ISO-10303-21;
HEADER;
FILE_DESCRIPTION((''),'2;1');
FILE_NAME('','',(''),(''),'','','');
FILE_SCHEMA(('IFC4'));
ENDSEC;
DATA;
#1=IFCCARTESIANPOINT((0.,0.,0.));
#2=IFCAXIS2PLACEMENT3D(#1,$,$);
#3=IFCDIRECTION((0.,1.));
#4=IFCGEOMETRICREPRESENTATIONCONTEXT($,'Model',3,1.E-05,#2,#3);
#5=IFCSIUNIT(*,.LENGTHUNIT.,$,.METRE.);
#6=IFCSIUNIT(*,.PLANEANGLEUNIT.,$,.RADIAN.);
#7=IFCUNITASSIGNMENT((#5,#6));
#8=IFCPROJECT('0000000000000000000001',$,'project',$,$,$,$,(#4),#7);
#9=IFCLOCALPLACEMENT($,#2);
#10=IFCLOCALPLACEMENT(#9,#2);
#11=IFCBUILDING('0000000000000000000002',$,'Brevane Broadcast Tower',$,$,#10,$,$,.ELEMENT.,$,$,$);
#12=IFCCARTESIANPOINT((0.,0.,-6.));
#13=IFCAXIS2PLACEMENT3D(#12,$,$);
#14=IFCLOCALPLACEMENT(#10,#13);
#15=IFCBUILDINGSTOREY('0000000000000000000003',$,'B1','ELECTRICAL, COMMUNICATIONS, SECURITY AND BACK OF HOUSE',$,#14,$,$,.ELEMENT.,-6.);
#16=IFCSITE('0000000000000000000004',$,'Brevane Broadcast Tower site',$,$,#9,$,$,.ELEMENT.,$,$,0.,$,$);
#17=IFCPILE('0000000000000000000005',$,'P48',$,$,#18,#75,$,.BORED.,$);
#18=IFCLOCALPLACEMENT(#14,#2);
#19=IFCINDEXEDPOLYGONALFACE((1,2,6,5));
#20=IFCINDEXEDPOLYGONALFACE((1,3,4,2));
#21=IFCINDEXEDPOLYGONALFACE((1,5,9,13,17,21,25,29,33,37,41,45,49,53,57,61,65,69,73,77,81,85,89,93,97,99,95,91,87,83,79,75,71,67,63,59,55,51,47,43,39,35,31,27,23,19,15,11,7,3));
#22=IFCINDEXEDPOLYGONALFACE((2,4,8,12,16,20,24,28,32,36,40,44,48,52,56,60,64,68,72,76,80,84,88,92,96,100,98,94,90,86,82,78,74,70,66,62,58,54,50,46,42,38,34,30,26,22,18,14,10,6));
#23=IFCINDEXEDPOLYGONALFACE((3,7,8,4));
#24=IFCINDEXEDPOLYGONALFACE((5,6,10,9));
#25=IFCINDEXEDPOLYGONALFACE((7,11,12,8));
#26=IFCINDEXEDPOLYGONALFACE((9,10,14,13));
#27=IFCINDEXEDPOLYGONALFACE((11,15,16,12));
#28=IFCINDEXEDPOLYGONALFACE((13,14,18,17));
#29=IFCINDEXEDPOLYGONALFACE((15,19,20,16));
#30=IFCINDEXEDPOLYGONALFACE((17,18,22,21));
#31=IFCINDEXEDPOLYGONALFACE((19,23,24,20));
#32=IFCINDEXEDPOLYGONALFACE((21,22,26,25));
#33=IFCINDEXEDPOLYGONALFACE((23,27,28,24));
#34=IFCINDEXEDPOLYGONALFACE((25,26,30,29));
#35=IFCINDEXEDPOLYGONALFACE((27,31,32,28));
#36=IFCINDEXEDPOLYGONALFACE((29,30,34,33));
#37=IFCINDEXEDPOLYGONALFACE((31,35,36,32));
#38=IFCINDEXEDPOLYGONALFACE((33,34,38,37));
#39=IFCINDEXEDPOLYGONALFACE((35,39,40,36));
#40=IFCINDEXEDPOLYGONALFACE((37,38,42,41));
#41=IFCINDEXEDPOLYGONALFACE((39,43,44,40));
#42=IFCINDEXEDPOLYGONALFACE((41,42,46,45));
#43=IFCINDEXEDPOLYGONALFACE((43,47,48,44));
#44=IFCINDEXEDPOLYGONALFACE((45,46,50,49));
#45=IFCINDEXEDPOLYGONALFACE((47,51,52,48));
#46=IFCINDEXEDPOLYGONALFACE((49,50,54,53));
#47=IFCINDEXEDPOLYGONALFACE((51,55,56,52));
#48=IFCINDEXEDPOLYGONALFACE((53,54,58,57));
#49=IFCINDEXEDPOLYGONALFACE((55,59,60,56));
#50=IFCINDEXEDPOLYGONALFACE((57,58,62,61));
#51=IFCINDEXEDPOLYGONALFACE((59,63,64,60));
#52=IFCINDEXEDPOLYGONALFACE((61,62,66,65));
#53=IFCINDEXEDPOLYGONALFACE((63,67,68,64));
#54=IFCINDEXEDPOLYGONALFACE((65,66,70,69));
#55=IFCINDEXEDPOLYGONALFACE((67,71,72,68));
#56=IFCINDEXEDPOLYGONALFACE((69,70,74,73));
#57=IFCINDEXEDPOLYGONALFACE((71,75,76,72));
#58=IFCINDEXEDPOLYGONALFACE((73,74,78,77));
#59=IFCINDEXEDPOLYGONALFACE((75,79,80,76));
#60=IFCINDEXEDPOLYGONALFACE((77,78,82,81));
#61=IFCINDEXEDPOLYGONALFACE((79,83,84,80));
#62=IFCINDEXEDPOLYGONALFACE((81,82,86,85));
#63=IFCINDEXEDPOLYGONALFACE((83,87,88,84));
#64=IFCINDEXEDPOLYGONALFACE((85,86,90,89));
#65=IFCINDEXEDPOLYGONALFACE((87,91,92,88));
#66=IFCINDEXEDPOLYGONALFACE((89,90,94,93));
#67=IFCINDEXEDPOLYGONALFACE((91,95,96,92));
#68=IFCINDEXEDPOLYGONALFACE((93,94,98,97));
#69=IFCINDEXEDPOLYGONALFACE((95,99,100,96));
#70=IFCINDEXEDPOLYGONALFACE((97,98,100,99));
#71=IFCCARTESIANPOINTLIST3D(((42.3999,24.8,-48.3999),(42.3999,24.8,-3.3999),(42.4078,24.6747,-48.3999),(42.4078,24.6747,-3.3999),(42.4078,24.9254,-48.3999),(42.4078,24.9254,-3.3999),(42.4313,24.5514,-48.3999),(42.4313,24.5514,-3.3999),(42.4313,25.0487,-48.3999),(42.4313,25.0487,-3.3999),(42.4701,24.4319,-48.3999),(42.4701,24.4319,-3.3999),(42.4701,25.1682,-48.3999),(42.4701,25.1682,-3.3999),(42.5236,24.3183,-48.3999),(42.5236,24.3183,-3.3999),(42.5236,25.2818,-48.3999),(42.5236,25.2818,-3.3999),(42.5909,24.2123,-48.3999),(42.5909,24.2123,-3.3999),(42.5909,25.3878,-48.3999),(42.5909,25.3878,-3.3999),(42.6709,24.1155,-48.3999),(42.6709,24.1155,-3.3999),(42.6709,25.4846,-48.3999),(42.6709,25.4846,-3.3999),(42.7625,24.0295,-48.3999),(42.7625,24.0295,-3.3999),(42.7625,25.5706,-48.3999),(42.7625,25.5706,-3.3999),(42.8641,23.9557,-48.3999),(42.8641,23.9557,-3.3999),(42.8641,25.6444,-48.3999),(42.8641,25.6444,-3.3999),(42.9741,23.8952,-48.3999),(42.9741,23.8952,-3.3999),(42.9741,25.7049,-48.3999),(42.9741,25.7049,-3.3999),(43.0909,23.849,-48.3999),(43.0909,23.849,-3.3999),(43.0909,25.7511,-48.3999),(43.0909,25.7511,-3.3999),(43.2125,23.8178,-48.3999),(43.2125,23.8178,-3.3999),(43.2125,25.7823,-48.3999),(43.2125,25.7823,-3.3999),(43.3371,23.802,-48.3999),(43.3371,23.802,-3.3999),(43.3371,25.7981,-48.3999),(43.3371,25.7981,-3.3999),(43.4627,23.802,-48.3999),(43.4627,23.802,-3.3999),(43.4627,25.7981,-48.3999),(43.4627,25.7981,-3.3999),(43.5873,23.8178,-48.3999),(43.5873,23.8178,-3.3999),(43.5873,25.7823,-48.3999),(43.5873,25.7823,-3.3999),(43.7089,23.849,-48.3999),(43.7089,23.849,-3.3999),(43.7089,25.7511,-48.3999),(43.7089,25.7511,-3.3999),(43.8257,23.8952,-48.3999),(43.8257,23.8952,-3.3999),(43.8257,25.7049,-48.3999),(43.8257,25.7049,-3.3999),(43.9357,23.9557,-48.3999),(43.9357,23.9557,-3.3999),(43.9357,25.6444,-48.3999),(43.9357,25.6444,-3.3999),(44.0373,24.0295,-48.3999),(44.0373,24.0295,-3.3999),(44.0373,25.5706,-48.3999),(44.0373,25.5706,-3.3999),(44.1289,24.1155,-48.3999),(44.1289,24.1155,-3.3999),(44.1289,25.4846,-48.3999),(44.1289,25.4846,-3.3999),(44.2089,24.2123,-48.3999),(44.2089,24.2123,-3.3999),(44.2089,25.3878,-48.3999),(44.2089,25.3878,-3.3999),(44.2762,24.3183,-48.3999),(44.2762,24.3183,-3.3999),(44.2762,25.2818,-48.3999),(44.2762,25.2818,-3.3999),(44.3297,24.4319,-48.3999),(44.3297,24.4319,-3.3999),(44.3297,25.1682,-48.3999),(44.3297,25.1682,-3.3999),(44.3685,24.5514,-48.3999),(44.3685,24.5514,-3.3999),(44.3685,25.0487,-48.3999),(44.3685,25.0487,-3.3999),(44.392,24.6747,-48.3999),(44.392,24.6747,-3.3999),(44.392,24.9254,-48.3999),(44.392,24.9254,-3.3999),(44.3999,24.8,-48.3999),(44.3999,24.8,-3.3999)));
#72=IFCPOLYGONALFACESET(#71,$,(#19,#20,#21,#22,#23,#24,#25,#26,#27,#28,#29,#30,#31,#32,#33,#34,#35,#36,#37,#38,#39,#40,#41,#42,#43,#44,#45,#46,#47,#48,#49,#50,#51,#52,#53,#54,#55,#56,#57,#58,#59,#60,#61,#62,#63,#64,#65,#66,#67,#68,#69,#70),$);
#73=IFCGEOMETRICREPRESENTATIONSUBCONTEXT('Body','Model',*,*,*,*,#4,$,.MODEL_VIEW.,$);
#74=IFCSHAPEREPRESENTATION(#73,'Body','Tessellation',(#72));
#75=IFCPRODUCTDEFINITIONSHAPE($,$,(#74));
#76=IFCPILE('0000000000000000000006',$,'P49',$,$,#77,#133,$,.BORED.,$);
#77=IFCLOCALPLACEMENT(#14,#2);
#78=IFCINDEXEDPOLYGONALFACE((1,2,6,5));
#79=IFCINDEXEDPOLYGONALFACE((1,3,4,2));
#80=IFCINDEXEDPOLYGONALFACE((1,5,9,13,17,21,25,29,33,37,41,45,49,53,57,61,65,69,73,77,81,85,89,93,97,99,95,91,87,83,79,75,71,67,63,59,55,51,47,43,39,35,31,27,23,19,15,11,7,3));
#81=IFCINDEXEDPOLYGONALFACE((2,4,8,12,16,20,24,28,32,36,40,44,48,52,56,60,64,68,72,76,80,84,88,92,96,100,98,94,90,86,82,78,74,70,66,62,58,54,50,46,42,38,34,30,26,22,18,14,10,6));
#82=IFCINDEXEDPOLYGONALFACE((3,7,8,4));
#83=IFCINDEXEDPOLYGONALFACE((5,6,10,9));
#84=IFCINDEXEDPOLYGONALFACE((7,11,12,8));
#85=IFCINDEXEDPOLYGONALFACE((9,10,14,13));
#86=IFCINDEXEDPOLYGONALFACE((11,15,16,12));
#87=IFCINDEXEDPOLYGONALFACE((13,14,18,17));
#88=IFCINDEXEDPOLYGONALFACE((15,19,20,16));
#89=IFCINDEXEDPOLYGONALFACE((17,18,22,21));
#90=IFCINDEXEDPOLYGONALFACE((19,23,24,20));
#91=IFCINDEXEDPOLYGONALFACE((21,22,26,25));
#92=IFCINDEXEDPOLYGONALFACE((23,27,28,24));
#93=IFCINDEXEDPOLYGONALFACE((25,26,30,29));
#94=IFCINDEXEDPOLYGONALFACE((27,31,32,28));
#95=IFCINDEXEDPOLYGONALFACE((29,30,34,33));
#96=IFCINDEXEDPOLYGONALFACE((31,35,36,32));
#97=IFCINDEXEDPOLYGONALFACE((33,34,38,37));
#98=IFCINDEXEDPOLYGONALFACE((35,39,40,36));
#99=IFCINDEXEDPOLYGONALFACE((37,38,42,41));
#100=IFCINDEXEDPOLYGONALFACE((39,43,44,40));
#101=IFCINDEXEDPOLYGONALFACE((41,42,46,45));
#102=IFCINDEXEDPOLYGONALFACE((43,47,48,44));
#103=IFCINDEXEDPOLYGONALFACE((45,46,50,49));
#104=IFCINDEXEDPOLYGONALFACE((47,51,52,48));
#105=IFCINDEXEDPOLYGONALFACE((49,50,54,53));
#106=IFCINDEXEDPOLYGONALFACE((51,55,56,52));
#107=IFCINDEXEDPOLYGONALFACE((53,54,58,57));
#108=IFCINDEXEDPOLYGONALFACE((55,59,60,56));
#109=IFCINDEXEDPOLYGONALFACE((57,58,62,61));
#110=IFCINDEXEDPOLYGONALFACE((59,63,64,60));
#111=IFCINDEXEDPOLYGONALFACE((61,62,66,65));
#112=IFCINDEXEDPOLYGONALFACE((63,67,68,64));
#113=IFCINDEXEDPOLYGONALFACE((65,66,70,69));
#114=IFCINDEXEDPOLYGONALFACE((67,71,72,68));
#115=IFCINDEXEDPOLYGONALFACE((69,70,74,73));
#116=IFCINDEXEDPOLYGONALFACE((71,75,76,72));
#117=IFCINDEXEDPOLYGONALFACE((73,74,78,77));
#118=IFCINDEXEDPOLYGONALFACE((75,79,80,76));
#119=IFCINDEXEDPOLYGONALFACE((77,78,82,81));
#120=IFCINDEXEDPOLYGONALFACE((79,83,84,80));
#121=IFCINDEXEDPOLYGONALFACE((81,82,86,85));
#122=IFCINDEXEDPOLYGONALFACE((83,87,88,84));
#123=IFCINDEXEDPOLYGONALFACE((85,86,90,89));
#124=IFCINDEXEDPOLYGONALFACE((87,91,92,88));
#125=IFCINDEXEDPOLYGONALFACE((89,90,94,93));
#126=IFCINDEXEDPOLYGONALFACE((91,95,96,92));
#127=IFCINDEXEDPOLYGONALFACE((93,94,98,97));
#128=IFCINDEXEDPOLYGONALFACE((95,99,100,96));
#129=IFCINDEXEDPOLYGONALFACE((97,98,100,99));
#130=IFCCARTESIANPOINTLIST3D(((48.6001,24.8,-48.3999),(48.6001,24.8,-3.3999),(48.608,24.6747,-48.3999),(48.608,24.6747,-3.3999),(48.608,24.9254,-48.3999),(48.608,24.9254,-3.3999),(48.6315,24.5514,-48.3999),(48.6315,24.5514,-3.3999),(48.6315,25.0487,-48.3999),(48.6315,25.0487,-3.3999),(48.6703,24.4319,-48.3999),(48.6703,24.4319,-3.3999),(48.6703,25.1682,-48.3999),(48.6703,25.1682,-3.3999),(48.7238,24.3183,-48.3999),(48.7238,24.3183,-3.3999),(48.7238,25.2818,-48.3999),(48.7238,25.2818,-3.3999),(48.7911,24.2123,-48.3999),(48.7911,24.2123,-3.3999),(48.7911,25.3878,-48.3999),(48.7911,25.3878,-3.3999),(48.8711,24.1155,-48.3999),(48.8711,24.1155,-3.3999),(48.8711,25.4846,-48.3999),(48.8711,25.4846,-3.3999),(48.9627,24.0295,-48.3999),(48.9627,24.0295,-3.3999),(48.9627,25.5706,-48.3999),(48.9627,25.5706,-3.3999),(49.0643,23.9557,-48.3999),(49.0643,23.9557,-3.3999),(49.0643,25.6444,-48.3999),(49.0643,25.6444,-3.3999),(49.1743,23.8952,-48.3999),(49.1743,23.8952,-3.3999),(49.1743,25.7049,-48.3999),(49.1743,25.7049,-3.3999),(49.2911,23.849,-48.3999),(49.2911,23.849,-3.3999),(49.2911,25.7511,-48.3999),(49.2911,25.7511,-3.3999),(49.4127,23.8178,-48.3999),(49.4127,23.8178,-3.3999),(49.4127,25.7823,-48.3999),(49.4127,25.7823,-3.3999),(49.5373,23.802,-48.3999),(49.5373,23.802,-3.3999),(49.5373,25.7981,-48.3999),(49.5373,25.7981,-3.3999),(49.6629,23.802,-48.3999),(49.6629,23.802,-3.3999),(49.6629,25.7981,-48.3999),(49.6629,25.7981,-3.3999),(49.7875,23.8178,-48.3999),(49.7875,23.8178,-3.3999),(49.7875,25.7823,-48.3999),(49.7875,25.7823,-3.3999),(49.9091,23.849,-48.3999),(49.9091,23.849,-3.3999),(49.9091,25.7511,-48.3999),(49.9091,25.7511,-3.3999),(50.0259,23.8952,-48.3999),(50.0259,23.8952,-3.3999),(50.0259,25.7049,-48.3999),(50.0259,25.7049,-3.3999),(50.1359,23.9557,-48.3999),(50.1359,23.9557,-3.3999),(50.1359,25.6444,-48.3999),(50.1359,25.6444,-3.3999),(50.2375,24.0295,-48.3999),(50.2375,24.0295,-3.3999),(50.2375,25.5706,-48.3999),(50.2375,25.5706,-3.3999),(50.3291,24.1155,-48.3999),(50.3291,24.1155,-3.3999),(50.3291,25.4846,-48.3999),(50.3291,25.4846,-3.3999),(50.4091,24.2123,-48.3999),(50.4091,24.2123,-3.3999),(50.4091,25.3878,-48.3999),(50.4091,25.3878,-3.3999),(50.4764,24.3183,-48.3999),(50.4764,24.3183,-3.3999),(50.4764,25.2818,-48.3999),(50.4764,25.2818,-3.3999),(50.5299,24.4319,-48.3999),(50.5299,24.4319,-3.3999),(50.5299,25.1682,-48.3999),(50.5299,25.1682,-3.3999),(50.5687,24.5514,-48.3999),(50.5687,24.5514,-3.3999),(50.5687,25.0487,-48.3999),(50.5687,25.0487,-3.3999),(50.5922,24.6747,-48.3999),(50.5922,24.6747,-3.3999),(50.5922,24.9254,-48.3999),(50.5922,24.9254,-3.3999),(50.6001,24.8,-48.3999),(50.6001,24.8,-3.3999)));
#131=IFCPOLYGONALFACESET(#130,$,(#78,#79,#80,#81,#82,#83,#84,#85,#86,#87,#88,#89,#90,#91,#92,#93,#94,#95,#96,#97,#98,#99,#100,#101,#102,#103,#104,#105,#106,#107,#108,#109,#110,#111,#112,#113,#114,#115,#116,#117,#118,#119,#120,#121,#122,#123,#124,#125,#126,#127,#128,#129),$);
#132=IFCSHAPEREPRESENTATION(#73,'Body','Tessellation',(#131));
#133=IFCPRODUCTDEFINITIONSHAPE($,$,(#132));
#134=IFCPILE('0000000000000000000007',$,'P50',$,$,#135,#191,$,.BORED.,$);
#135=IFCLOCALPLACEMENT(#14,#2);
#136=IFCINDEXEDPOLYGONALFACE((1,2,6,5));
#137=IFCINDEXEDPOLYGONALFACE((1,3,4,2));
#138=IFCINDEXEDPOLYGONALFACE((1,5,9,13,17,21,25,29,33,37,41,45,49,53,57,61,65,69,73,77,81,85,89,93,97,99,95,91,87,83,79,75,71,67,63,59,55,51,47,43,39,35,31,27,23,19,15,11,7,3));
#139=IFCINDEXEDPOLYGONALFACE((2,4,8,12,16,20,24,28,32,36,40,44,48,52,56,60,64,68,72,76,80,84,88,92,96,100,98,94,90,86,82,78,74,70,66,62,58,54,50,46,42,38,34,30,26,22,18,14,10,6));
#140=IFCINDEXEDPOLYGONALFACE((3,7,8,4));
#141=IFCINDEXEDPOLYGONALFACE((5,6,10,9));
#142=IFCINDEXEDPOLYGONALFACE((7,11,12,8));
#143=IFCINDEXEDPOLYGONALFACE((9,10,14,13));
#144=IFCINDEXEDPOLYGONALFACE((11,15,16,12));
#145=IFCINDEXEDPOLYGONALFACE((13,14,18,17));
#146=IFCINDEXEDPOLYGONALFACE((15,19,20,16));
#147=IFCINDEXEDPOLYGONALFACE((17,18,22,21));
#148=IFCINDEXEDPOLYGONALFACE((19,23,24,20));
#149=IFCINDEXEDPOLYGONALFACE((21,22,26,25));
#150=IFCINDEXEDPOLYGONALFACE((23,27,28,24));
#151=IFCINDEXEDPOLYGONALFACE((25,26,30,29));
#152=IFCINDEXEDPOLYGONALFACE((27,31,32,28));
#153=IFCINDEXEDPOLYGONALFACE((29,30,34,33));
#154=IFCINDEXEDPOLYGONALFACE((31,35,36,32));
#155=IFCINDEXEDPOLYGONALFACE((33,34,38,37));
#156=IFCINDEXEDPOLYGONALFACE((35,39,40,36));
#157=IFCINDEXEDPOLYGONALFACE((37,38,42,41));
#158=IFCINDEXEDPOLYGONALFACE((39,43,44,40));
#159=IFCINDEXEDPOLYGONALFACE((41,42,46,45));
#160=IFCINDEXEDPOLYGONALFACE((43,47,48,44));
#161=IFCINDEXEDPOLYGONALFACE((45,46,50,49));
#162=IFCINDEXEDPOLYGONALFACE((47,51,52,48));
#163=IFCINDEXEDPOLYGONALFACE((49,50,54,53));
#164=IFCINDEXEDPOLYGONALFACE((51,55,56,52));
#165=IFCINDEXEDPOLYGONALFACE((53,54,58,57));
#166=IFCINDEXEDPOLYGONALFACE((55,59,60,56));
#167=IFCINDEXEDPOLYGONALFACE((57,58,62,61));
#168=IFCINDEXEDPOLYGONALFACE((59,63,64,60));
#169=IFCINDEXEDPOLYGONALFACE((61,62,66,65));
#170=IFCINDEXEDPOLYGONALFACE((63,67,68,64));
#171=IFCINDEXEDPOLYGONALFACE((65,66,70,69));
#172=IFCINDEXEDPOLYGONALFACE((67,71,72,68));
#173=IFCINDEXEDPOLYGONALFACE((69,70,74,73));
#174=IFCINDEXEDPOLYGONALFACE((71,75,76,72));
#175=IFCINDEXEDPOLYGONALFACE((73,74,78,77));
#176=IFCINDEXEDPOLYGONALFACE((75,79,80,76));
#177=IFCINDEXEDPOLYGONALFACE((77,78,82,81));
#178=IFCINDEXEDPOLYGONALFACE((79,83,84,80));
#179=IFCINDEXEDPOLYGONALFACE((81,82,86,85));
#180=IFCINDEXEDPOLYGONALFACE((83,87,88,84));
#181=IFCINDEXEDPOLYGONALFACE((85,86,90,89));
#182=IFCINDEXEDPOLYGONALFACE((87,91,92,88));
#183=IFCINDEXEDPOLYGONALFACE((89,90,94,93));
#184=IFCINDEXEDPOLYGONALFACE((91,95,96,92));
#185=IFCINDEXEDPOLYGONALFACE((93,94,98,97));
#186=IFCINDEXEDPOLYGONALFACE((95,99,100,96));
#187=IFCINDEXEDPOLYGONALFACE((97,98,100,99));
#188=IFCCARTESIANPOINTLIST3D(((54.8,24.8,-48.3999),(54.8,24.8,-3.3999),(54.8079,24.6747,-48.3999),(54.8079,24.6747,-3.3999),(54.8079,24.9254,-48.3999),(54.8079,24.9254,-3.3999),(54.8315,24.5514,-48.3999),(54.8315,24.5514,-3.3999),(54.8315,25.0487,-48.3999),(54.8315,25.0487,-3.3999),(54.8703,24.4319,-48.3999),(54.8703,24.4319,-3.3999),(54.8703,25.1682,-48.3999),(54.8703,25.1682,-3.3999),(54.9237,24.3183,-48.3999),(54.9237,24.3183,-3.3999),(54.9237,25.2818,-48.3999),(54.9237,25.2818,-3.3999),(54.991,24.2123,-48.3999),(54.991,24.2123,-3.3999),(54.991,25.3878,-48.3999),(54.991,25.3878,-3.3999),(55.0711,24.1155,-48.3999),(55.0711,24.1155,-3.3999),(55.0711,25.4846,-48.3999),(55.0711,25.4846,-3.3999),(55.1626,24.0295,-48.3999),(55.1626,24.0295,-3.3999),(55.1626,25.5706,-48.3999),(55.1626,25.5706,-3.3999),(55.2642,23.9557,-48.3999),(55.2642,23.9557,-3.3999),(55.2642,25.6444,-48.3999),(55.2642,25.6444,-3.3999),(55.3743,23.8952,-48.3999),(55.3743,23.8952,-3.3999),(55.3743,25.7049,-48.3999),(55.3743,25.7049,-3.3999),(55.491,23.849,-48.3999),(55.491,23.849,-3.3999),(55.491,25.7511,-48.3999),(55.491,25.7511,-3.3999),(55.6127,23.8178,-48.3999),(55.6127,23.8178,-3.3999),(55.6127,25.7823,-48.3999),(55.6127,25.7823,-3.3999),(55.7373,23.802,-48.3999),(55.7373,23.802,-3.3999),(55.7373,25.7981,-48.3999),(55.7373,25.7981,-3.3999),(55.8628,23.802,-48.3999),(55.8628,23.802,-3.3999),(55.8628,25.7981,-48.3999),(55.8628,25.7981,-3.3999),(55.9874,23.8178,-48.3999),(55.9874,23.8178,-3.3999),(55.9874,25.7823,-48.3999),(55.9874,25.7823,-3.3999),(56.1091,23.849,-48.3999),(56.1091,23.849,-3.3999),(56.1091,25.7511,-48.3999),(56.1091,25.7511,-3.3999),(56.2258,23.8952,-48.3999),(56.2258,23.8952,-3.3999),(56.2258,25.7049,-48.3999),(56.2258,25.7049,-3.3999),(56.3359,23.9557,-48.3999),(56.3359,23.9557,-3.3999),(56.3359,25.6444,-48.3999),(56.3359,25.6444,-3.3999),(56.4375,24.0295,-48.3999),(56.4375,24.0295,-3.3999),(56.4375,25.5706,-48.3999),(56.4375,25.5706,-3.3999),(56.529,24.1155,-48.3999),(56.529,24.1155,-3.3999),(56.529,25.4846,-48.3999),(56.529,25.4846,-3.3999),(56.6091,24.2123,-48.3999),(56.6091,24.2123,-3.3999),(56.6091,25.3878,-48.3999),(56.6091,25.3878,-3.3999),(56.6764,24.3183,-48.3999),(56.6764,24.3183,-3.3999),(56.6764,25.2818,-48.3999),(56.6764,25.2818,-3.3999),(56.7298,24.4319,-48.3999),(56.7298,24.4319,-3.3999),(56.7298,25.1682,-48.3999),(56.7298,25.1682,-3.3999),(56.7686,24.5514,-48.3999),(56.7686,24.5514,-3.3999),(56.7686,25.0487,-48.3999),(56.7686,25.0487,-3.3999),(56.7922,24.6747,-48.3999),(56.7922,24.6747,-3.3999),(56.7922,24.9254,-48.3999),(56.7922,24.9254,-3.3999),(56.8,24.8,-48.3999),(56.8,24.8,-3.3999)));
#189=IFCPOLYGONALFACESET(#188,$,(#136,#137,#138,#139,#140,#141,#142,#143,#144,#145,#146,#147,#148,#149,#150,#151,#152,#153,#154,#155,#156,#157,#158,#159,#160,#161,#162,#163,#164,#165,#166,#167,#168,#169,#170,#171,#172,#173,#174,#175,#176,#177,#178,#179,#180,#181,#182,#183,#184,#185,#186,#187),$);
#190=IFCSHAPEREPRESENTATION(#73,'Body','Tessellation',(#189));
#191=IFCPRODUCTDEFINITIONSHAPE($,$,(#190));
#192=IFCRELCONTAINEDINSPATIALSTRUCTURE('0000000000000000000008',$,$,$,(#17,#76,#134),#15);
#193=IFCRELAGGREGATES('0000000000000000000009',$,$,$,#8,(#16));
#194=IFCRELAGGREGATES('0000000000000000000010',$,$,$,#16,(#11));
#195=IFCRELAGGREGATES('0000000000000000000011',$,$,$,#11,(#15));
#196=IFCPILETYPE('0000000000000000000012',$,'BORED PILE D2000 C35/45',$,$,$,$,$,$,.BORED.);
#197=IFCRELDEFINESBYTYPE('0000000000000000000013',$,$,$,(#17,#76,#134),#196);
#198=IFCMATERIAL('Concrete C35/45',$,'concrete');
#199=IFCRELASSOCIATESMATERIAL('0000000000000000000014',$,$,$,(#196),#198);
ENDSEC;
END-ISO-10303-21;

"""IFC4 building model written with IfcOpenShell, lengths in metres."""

from ifc_helpers import new_model, si_unit, direction, frame, origin, origin_2d, place, context, subcontext, project, spatial, circle, extrude, material, material_profile, profile_set, type_object, element, save


model = new_model("IFC4")

# Units and contexts
model_context = context("Model", 3, precision=1e-05, world=origin(), true_north=direction((0.0, 1.0)))
body_context = subcontext(model_context, "Body", "Model", "MODEL_VIEW")
ifc_project = project(units=[si_unit("LENGTHUNIT", "METRE"), si_unit("PLANEANGLEUNIT", "RADIAN")], contexts=[model_context])

# Site, building, storey
site_placement = place(None, origin())
site = spatial("IfcSite", under=ifc_project, at=site_placement, Name="Brevane Broadcast Tower site", CompositionType="ELEMENT", RefElevation=0.0)
building_placement = place(site_placement, origin())
building = spatial("IfcBuilding", under=site, at=building_placement, Name="Brevane Broadcast Tower", CompositionType="ELEMENT")
storey_placement = place(building_placement, frame((0.0, 0.0, -6.0)))
storey = spatial("IfcBuildingStorey", under=building, at=storey_placement, Name="B1", Description="ELECTRICAL, COMMUNICATIONS, SECURITY AND BACK OF HOUSE", CompositionType="ELEMENT", Elevation=-6.0)

# Piles
ifc_material_1 = material(Name="Concrete C35/45", Category="concrete")
ifc_material_profile_1 = material_profile(ifc_material_1, circle(Radius=1.0, at=origin_2d()), Name="RC D2000")
ifc_profile_set_1 = profile_set([ifc_material_profile_1], Name="Concrete C35/45")
pile_type = type_object("IfcPileType", Name="BORED PILE D2000 C35/45", PredefinedType="BORED", material=ifc_profile_set_1)
for number, where, z_axis, x_axis, name in (
    (1, (43.3999, 24.8, -3.3999), (0.0, 0.0, -1.0), (1.0, 0.0, 0.0), "P48"),
    (2, (49.6001, 24.8, -3.3999), (0.0, 0.0, -1.0), (1.0, 0.0, 0.0), "P49"),
    (3, (55.8, 24.8, -3.3999), (0.0, 0.0, -1.0), (1.0, 0.0, 0.0), "P50"),
):
    element("IfcPile", number, at=place(storey_placement, frame(where, z_axis=z_axis, x_axis=x_axis)), inside=storey, type_object=pile_type, Name=name, PredefinedType="BORED", context=body_context, shape_type="SweptSolid", body=[
        extrude(circle(Radius=1.0, at=origin_2d()), origin(), (0.0, 0.0, 1.0), 45.0),
    ])

save(model, "model.ifc")
